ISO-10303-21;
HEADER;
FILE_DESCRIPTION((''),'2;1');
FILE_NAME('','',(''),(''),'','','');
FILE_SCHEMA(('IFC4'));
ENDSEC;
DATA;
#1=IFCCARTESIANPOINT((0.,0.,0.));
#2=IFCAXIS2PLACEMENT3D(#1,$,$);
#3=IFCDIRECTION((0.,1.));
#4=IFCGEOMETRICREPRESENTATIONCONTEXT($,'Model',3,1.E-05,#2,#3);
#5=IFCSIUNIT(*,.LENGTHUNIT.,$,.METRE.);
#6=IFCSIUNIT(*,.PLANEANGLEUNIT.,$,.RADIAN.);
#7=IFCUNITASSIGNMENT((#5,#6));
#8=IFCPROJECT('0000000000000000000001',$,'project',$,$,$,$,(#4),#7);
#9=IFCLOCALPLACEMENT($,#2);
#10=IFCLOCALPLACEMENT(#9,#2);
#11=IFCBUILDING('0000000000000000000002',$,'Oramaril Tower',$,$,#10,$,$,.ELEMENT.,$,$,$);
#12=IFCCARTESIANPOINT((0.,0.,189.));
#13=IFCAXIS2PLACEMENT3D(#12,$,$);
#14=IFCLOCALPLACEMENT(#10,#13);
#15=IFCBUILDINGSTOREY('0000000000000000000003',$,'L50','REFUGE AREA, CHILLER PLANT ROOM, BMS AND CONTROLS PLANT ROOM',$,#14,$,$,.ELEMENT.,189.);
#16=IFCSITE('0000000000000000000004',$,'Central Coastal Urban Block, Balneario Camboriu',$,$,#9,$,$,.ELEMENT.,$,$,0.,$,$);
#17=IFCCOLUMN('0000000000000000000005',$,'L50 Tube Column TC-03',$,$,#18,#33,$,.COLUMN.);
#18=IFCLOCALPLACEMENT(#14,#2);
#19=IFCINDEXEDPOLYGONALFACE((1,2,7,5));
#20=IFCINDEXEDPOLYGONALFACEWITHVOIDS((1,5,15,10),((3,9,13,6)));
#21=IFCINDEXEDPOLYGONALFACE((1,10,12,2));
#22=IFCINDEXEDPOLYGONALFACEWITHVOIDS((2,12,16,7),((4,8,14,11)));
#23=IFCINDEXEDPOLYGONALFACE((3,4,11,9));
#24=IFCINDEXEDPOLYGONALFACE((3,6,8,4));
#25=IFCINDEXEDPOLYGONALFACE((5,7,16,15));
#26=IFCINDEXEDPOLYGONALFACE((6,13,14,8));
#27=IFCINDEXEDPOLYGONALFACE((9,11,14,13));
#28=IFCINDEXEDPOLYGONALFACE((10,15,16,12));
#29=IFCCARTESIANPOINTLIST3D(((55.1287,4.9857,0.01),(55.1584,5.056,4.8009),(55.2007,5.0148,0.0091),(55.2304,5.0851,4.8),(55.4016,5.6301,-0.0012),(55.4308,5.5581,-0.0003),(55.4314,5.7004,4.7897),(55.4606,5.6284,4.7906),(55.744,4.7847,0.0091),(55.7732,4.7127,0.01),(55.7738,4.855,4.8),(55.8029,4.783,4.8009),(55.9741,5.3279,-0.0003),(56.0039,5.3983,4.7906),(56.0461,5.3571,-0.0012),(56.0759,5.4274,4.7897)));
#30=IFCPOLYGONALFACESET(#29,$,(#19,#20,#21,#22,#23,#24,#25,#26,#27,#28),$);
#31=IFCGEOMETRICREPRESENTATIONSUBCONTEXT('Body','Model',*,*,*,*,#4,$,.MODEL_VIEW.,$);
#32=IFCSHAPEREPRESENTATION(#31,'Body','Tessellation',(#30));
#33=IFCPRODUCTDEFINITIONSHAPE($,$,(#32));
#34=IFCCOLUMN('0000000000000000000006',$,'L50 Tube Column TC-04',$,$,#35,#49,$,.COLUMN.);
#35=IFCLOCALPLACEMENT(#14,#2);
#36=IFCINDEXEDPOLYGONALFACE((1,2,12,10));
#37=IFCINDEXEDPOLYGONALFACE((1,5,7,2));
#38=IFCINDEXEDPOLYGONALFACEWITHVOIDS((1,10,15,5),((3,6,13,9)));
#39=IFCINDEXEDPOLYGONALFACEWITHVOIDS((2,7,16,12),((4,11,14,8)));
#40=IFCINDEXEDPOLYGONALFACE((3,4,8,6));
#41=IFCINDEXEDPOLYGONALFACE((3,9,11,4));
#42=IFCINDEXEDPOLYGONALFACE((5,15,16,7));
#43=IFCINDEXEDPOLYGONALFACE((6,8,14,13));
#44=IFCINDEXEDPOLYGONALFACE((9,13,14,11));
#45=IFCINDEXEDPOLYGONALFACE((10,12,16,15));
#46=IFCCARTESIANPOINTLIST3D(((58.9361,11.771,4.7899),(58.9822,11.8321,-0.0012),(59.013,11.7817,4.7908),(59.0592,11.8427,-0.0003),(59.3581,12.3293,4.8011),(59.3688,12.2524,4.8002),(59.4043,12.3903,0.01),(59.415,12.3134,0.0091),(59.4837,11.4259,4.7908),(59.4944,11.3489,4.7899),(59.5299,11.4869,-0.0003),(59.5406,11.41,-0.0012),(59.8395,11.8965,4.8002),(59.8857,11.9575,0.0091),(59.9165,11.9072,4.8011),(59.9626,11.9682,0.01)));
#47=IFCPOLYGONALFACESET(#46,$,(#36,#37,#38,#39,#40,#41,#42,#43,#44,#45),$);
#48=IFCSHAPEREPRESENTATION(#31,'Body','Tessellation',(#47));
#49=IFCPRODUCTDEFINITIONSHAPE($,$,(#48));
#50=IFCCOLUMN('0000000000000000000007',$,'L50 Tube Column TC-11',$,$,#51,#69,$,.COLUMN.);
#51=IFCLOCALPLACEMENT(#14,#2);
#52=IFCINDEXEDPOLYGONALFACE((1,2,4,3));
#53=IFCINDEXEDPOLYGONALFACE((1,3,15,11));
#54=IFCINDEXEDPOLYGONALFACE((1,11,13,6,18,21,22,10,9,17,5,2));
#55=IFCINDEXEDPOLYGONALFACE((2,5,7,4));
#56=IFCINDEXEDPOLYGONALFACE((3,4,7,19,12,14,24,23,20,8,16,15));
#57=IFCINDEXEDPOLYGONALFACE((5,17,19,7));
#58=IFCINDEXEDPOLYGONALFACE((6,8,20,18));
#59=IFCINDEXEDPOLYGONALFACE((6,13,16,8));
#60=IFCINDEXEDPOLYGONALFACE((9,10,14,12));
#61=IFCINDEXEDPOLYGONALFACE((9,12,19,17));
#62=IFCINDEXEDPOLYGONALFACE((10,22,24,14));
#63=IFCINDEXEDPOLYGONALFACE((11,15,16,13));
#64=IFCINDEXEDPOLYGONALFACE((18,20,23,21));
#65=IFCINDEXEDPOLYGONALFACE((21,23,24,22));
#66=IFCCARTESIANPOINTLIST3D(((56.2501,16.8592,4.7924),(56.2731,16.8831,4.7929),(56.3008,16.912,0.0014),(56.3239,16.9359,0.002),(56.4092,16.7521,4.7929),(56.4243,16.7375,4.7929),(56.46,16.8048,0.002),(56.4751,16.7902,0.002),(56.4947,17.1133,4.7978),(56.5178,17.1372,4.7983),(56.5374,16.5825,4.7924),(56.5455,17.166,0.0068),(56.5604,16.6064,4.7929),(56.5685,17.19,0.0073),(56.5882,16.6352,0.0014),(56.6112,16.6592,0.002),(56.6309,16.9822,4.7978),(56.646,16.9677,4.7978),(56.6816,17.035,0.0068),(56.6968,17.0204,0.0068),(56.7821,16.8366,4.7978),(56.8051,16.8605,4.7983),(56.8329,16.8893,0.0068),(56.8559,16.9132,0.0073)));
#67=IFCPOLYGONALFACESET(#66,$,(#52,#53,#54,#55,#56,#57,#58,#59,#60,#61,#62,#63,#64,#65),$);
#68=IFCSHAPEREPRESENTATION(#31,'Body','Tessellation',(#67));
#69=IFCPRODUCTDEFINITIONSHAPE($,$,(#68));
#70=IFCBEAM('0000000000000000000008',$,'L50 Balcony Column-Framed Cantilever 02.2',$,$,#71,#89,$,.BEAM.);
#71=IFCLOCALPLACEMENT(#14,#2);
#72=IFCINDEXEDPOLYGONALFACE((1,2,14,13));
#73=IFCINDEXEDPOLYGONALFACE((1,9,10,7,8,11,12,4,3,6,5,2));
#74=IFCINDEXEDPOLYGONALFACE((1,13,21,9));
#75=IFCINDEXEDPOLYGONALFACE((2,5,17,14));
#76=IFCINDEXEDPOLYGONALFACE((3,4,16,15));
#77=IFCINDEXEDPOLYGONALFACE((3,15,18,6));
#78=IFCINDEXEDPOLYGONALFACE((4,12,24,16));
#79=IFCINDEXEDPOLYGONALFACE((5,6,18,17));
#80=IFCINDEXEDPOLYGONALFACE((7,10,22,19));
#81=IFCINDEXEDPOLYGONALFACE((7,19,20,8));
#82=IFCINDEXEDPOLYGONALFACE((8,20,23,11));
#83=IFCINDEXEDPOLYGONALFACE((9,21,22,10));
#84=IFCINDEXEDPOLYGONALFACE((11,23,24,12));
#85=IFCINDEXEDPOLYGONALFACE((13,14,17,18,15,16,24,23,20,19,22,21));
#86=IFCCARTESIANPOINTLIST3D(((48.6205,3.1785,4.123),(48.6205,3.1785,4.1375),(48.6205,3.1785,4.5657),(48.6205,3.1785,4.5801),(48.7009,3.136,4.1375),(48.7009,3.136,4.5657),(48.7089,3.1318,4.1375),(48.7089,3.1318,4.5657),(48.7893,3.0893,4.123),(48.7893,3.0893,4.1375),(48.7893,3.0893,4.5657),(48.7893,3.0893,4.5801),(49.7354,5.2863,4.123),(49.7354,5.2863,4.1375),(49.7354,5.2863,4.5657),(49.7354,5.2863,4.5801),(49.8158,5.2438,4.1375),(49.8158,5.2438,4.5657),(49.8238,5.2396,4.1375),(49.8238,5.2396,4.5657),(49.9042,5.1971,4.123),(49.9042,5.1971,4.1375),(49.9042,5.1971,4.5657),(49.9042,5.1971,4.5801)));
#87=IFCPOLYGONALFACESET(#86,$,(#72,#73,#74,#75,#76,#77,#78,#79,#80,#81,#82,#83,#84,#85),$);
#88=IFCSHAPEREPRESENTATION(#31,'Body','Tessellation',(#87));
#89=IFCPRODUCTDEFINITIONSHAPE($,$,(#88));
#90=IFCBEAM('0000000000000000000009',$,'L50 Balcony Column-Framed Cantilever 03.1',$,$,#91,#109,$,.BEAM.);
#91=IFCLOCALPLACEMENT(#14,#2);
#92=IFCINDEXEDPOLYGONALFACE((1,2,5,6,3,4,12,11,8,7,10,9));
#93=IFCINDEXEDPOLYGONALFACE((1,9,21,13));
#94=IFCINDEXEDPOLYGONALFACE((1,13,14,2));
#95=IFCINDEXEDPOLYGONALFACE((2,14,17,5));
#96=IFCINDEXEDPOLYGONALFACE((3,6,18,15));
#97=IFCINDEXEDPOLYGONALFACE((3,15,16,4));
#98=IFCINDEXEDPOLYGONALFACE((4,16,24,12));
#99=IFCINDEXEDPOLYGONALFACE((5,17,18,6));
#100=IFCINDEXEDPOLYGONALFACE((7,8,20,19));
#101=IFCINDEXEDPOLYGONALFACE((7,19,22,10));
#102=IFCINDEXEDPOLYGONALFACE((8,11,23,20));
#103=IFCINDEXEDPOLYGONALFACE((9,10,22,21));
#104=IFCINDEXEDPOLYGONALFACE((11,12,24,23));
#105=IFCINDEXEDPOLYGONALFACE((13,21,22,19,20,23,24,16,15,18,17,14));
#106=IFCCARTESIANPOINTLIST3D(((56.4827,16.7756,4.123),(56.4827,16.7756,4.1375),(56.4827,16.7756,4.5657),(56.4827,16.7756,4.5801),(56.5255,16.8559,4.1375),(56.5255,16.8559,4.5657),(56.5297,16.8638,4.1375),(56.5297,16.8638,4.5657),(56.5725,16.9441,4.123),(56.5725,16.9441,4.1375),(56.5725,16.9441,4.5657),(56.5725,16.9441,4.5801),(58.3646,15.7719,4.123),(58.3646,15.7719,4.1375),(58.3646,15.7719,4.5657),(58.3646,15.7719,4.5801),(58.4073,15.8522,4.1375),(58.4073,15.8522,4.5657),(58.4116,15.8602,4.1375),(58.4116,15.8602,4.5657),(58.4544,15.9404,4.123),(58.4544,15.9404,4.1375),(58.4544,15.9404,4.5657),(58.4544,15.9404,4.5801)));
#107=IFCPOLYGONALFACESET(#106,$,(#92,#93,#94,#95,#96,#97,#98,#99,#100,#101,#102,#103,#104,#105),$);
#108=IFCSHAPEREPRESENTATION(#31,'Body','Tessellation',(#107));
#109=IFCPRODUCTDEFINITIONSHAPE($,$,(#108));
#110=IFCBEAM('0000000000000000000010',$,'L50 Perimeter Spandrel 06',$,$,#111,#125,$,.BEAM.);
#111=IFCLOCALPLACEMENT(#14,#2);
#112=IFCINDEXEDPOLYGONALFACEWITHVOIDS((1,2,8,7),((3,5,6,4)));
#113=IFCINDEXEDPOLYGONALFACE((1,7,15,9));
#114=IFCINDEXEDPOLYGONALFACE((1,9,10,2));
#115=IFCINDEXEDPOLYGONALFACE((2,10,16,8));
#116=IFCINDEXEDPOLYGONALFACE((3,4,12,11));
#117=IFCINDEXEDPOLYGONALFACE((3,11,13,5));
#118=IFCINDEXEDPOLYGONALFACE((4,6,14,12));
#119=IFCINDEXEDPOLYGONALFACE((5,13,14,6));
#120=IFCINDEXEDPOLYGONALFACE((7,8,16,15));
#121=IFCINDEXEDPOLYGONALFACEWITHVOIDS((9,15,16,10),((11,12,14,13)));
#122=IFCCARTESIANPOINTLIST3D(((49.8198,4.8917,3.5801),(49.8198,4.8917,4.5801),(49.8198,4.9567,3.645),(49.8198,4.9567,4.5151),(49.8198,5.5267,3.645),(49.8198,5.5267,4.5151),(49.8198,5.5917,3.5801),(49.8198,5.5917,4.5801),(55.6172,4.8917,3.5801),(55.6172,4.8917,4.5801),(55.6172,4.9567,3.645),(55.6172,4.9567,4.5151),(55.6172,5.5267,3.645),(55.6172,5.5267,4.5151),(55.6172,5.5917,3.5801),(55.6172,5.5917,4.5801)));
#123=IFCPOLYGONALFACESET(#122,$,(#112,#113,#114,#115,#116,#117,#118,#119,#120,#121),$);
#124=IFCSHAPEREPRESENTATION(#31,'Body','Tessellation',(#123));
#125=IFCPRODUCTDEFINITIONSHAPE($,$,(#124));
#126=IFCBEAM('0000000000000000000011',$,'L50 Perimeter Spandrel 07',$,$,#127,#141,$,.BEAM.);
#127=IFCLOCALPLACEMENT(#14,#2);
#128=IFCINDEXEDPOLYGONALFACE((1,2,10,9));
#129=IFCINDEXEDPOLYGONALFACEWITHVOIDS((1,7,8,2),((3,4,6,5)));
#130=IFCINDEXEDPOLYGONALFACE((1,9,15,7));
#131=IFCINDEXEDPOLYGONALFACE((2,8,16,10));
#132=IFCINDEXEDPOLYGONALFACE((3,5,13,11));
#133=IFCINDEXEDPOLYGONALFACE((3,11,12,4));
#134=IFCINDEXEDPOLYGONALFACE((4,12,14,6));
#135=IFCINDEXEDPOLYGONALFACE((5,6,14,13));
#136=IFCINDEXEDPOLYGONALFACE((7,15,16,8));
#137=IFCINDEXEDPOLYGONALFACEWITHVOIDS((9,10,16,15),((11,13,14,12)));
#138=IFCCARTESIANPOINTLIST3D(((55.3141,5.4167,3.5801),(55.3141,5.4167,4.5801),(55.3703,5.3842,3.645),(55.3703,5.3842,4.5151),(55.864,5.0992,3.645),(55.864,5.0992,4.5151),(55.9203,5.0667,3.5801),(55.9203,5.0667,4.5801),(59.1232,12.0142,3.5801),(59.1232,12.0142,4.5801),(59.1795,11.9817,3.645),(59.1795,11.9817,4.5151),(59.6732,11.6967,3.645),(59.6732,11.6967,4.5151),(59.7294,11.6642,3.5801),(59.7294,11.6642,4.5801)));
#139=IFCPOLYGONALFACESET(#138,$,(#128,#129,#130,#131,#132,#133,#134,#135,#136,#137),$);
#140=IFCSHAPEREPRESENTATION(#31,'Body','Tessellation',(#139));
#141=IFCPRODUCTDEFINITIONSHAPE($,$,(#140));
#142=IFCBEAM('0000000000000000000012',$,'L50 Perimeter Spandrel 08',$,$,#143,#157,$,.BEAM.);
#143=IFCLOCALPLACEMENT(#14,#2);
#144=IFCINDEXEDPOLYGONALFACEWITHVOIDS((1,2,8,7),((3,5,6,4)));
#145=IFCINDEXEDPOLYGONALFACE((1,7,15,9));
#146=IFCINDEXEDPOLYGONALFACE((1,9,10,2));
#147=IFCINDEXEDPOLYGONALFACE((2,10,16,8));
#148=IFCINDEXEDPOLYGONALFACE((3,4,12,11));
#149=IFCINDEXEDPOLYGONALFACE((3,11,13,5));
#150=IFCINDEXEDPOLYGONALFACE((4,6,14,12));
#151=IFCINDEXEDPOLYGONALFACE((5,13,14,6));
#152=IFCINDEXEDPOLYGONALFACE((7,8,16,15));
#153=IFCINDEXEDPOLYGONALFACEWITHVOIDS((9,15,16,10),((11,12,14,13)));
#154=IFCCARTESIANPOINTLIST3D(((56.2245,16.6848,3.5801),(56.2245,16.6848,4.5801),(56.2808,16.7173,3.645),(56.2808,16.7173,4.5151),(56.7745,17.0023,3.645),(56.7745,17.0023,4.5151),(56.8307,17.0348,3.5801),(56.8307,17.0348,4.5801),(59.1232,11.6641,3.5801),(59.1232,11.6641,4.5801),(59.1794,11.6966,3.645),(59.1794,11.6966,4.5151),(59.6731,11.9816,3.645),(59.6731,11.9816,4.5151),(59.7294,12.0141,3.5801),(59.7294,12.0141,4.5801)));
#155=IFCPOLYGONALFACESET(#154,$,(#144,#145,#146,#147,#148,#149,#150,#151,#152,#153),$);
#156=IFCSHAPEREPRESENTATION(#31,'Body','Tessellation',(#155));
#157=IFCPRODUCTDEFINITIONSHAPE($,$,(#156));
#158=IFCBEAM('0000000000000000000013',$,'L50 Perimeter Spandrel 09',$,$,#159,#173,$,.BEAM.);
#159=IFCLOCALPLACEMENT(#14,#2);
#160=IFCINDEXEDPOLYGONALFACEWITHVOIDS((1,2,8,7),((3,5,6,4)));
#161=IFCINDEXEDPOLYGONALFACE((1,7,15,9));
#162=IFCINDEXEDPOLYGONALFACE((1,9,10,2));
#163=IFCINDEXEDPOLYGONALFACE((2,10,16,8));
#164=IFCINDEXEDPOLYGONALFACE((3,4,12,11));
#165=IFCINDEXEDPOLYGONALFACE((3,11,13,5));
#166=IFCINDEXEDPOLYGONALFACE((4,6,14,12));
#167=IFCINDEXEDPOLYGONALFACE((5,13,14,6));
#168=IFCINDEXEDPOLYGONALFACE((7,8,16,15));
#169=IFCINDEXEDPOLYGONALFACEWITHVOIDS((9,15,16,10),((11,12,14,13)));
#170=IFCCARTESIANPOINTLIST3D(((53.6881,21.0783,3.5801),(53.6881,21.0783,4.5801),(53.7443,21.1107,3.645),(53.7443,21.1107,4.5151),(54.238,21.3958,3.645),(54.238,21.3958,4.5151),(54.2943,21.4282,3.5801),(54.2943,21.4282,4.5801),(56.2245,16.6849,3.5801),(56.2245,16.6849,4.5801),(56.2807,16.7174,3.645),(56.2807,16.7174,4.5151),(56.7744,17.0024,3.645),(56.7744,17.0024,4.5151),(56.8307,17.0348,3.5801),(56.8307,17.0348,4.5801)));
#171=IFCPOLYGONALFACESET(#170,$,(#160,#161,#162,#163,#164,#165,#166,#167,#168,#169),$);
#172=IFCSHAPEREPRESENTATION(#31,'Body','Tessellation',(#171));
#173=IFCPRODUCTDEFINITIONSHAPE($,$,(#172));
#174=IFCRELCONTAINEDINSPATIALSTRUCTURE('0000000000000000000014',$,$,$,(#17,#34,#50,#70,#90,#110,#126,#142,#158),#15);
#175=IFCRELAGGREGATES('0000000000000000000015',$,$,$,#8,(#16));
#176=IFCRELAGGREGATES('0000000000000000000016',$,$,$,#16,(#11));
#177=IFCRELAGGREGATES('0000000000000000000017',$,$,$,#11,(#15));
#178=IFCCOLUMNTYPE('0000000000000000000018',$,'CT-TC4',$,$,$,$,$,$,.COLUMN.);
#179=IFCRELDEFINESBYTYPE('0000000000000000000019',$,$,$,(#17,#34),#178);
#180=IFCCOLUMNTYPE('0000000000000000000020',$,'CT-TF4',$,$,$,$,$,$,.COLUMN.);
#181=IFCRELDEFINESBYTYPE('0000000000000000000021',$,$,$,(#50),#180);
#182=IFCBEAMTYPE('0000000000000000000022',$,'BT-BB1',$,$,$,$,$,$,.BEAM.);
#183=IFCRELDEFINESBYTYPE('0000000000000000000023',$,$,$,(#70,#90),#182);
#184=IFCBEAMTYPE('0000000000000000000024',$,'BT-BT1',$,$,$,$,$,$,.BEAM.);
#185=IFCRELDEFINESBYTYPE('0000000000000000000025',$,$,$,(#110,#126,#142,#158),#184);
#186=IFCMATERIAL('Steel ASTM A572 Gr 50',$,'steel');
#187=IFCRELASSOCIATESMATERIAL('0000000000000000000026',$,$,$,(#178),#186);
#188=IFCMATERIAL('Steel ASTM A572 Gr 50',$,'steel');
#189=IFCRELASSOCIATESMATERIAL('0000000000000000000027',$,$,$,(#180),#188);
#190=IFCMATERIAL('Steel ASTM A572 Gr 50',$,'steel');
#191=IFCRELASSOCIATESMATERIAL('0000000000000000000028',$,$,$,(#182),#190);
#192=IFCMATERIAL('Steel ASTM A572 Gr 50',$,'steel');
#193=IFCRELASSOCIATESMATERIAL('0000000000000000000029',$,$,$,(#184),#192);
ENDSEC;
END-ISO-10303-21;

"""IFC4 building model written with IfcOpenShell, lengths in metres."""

from ifc_helpers import new_model, si_unit, direction, frame, origin, origin_2d, place, context, subcontext, project, spatial, hollow_rectangle, i_section, extrude, material, material_profile, profile_set, type_object, element, save


model = new_model("IFC4")

# Units and contexts
model_context = context("Model", 3, precision=1e-05, world=origin(), true_north=direction((0.0, 1.0)))
body_context = subcontext(model_context, "Body", "Model", "MODEL_VIEW")
ifc_project = project(units=[si_unit("LENGTHUNIT", "METRE"), si_unit("PLANEANGLEUNIT", "RADIAN")], contexts=[model_context])

# Site, building, storey
site_placement = place(None, origin())
site = spatial("IfcSite", under=ifc_project, at=site_placement, Name="Central Coastal Urban Block, Balneario Camboriu", CompositionType="ELEMENT", RefElevation=0.0)
building_placement = place(site_placement, origin())
building = spatial("IfcBuilding", under=site, at=building_placement, Name="Oramaril Tower", CompositionType="ELEMENT")
storey_placement = place(building_placement, frame((0.0, 0.0, 189.0)))
storey = spatial("IfcBuildingStorey", under=building, at=storey_placement, Name="L50", Description="REFUGE AREA, CHILLER PLANT ROOM, BMS AND CONTROLS PLANT ROOM", CompositionType="ELEMENT", Elevation=189.0)

# Columns
ifc_material_1 = material(Name="Steel ASTM A572 Gr 50", Category="steel")
ifc_material_profile_1 = material_profile(ifc_material_1, hollow_rectangle(XDim=0.7, YDim=0.7, WallThickness=0.0549, at=origin_2d()), Name="BOX700X700X55")
ifc_profile_set_1 = profile_set([ifc_material_profile_1], Name="Steel ASTM A572 Gr 50")
column_type_1 = type_object("IfcColumnType", Name="CT-TC4", PredefinedType="COLUMN", material=ifc_profile_set_1)
column_1_placement = place(storey_placement, frame((55.5874, 5.1714, 0.0044), z_axis=(0.006216, 0.014674, 0.999873), x_axis=(-0.920791, 0.390057, 0.0)))
element("IfcColumn", 1, at=column_1_placement, inside=storey, type_object=column_type_1, Name="L50 Tube Column TC-03", PredefinedType="COLUMN", context=body_context, shape_type="SweptSolid", body=[
    extrude(hollow_rectangle(XDim=0.7, YDim=0.7, WallThickness=0.0549, at=origin_2d()), origin(), (0.0, 0.0, 1.0), 4.7915),
])
column_2_placement = place(storey_placement, frame((59.4724, 11.9001, 0.0044), z_axis=(-0.00963, -0.012738, 0.999872), x_axis=(0.797697, -0.603059, 0.0)))
element("IfcColumn", 2, at=column_2_placement, inside=storey, type_object=column_type_1, Name="L50 Tube Column TC-04", PredefinedType="COLUMN", context=body_context, shape_type="SweptSolid", body=[
    extrude(hollow_rectangle(XDim=0.7, YDim=0.7, WallThickness=0.0549, at=origin_2d()), origin(), (0.0, 0.0, 1.0), 4.7917),
])
ifc_material_2 = material(Name="Steel ASTM A572 Gr 50", Category="steel")
ifc_material_profile_2 = material_profile(ifc_material_2, i_section(OverallWidth=0.3989, OverallDepth=0.386, WebThickness=0.021, FlangeThickness=0.0332, at=origin_2d()), Name="W14X176")
ifc_profile_set_2 = profile_set([ifc_material_profile_2], Name="Steel ASTM A572 Gr 50")
column_type_2 = type_object("IfcColumnType", Name="CT-TF4", PredefinedType="COLUMN", material=ifc_profile_set_2)
column_3_placement = place(storey_placement, frame((56.5784, 16.9126, 0.0044), z_axis=(-0.010598, -0.011006, 0.999883), x_axis=(0.72032, -0.693642, 0.0)))
element("IfcColumn", 3, at=column_3_placement, inside=storey, type_object=column_type_2, Name="L50 Tube Column TC-11", PredefinedType="COLUMN", context=body_context, shape_type="SweptSolid", body=[
    extrude(i_section(OverallWidth=0.3989, OverallDepth=0.386, WebThickness=0.021, FlangeThickness=0.0332, at=origin_2d()), origin(), (0.0, 0.0, 1.0), 4.7915),
])

# Beams
ifc_material_3 = material(Name="Steel ASTM A572 Gr 50", Category="steel")
ifc_material_profile_3 = material_profile(ifc_material_3, i_section(OverallWidth=0.1909, OverallDepth=0.457, WebThickness=0.009, FlangeThickness=0.0144, at=origin_2d()), Name="W18X50")
ifc_profile_set_3 = profile_set([ifc_material_profile_3], Name="Steel ASTM A572 Gr 50")
beam_type_1 = type_object("IfcBeamType", Name="BT-BB1", PredefinedType="BEAM", material=ifc_profile_set_3)
beam_1_placement = place(storey_placement, frame((49.8198, 5.2417, 4.3516), z_axis=(-0.467573, -0.883955, 0.0), x_axis=(0.883955, -0.467573, 0.0)))
element("IfcBeam", 4, at=beam_1_placement, inside=storey, type_object=beam_type_1, Name="L50 Balcony Column-Framed Cantilever 02.2", PredefinedType="BEAM", context=body_context, shape_type="SweptSolid", body=[
    extrude(i_section(OverallWidth=0.1909, OverallDepth=0.457, WebThickness=0.009, FlangeThickness=0.0144, at=origin_2d()), origin(), (0.0, 0.0, 1.0), 2.3845),
])
beam_2_placement = place(storey_placement, frame((56.5276, 16.8599, 4.3516), z_axis=(0.88235, -0.470594, 0.0), x_axis=(0.470594, 0.88235, 0.0)))
element("IfcBeam", 5, at=beam_2_placement, inside=storey, type_object=beam_type_1, Name="L50 Balcony Column-Framed Cantilever 03.1", PredefinedType="BEAM", context=body_context, shape_type="SweptSolid", body=[
    extrude(i_section(OverallWidth=0.1909, OverallDepth=0.457, WebThickness=0.009, FlangeThickness=0.0144, at=origin_2d()), origin(), (0.0, 0.0, 1.0), 2.1328),
])
ifc_material_4 = material(Name="Steel ASTM A572 Gr 50", Category="steel")
ifc_material_profile_4 = material_profile(ifc_material_4, hollow_rectangle(XDim=0.7, YDim=1.0, WallThickness=0.0649, at=origin_2d()), Name="BOX1000X700X65")
ifc_profile_set_4 = profile_set([ifc_material_profile_4], Name="Steel ASTM A572 Gr 50")
beam_type_2 = type_object("IfcBeamType", Name="BT-BT1", PredefinedType="BEAM", material=ifc_profile_set_4)
beam_3_placement = place(storey_placement, frame((49.8198, 5.2417, 4.0801), z_axis=(1.0, 0.0, 0.0), x_axis=(0.0, 1.0, 0.0)))
element("IfcBeam", 6, at=beam_3_placement, inside=storey, type_object=beam_type_2, Name="L50 Perimeter Spandrel 06", PredefinedType="BEAM", context=body_context, shape_type="SweptSolid", body=[
    extrude(hollow_rectangle(XDim=0.7, YDim=1.0, WallThickness=0.0649, at=origin_2d()), origin(), (0.0, 0.0, 1.0), 5.7974),
])
beam_4_placement = place(storey_placement, frame((55.6172, 5.2417, 4.0801), z_axis=(0.500006, 0.866022, 0.0), x_axis=(-0.866022, 0.500006, 0.0)))
element("IfcBeam", 7, at=beam_4_placement, inside=storey, type_object=beam_type_2, Name="L50 Perimeter Spandrel 07", PredefinedType="BEAM", context=body_context, shape_type="SweptSolid", body=[
    extrude(hollow_rectangle(XDim=0.7, YDim=1.0, WallThickness=0.0649, at=origin_2d()), origin(), (0.0, 0.0, 1.0), 7.6182),
])
beam_5_placement = place(storey_placement, frame((59.4263, 11.8391, 4.0801), z_axis=(-0.499993, 0.866029, 0.0), x_axis=(-0.866029, -0.499993, 0.0)))
element("IfcBeam", 8, at=beam_5_placement, inside=storey, type_object=beam_type_2, Name="L50 Perimeter Spandrel 08", PredefinedType="BEAM", context=body_context, shape_type="SweptSolid", body=[
    extrude(hollow_rectangle(XDim=0.7, YDim=1.0, WallThickness=0.0649, at=origin_2d()), origin(), (0.0, 0.0, 1.0), 5.7974),
])
beam_6_placement = place(storey_placement, frame((56.5276, 16.8599, 4.0801), z_axis=(-0.499985, 0.866034, 0.0), x_axis=(-0.866034, -0.499985, 0.0)))
element("IfcBeam", 9, at=beam_6_placement, inside=storey, type_object=beam_type_2, Name="L50 Perimeter Spandrel 09", PredefinedType="BEAM", context=body_context, shape_type="SweptSolid", body=[
    extrude(hollow_rectangle(XDim=0.7, YDim=1.0, WallThickness=0.0649, at=origin_2d()), origin(), (0.0, 0.0, 1.0), 5.073),
])

save(model, "model.ifc")
